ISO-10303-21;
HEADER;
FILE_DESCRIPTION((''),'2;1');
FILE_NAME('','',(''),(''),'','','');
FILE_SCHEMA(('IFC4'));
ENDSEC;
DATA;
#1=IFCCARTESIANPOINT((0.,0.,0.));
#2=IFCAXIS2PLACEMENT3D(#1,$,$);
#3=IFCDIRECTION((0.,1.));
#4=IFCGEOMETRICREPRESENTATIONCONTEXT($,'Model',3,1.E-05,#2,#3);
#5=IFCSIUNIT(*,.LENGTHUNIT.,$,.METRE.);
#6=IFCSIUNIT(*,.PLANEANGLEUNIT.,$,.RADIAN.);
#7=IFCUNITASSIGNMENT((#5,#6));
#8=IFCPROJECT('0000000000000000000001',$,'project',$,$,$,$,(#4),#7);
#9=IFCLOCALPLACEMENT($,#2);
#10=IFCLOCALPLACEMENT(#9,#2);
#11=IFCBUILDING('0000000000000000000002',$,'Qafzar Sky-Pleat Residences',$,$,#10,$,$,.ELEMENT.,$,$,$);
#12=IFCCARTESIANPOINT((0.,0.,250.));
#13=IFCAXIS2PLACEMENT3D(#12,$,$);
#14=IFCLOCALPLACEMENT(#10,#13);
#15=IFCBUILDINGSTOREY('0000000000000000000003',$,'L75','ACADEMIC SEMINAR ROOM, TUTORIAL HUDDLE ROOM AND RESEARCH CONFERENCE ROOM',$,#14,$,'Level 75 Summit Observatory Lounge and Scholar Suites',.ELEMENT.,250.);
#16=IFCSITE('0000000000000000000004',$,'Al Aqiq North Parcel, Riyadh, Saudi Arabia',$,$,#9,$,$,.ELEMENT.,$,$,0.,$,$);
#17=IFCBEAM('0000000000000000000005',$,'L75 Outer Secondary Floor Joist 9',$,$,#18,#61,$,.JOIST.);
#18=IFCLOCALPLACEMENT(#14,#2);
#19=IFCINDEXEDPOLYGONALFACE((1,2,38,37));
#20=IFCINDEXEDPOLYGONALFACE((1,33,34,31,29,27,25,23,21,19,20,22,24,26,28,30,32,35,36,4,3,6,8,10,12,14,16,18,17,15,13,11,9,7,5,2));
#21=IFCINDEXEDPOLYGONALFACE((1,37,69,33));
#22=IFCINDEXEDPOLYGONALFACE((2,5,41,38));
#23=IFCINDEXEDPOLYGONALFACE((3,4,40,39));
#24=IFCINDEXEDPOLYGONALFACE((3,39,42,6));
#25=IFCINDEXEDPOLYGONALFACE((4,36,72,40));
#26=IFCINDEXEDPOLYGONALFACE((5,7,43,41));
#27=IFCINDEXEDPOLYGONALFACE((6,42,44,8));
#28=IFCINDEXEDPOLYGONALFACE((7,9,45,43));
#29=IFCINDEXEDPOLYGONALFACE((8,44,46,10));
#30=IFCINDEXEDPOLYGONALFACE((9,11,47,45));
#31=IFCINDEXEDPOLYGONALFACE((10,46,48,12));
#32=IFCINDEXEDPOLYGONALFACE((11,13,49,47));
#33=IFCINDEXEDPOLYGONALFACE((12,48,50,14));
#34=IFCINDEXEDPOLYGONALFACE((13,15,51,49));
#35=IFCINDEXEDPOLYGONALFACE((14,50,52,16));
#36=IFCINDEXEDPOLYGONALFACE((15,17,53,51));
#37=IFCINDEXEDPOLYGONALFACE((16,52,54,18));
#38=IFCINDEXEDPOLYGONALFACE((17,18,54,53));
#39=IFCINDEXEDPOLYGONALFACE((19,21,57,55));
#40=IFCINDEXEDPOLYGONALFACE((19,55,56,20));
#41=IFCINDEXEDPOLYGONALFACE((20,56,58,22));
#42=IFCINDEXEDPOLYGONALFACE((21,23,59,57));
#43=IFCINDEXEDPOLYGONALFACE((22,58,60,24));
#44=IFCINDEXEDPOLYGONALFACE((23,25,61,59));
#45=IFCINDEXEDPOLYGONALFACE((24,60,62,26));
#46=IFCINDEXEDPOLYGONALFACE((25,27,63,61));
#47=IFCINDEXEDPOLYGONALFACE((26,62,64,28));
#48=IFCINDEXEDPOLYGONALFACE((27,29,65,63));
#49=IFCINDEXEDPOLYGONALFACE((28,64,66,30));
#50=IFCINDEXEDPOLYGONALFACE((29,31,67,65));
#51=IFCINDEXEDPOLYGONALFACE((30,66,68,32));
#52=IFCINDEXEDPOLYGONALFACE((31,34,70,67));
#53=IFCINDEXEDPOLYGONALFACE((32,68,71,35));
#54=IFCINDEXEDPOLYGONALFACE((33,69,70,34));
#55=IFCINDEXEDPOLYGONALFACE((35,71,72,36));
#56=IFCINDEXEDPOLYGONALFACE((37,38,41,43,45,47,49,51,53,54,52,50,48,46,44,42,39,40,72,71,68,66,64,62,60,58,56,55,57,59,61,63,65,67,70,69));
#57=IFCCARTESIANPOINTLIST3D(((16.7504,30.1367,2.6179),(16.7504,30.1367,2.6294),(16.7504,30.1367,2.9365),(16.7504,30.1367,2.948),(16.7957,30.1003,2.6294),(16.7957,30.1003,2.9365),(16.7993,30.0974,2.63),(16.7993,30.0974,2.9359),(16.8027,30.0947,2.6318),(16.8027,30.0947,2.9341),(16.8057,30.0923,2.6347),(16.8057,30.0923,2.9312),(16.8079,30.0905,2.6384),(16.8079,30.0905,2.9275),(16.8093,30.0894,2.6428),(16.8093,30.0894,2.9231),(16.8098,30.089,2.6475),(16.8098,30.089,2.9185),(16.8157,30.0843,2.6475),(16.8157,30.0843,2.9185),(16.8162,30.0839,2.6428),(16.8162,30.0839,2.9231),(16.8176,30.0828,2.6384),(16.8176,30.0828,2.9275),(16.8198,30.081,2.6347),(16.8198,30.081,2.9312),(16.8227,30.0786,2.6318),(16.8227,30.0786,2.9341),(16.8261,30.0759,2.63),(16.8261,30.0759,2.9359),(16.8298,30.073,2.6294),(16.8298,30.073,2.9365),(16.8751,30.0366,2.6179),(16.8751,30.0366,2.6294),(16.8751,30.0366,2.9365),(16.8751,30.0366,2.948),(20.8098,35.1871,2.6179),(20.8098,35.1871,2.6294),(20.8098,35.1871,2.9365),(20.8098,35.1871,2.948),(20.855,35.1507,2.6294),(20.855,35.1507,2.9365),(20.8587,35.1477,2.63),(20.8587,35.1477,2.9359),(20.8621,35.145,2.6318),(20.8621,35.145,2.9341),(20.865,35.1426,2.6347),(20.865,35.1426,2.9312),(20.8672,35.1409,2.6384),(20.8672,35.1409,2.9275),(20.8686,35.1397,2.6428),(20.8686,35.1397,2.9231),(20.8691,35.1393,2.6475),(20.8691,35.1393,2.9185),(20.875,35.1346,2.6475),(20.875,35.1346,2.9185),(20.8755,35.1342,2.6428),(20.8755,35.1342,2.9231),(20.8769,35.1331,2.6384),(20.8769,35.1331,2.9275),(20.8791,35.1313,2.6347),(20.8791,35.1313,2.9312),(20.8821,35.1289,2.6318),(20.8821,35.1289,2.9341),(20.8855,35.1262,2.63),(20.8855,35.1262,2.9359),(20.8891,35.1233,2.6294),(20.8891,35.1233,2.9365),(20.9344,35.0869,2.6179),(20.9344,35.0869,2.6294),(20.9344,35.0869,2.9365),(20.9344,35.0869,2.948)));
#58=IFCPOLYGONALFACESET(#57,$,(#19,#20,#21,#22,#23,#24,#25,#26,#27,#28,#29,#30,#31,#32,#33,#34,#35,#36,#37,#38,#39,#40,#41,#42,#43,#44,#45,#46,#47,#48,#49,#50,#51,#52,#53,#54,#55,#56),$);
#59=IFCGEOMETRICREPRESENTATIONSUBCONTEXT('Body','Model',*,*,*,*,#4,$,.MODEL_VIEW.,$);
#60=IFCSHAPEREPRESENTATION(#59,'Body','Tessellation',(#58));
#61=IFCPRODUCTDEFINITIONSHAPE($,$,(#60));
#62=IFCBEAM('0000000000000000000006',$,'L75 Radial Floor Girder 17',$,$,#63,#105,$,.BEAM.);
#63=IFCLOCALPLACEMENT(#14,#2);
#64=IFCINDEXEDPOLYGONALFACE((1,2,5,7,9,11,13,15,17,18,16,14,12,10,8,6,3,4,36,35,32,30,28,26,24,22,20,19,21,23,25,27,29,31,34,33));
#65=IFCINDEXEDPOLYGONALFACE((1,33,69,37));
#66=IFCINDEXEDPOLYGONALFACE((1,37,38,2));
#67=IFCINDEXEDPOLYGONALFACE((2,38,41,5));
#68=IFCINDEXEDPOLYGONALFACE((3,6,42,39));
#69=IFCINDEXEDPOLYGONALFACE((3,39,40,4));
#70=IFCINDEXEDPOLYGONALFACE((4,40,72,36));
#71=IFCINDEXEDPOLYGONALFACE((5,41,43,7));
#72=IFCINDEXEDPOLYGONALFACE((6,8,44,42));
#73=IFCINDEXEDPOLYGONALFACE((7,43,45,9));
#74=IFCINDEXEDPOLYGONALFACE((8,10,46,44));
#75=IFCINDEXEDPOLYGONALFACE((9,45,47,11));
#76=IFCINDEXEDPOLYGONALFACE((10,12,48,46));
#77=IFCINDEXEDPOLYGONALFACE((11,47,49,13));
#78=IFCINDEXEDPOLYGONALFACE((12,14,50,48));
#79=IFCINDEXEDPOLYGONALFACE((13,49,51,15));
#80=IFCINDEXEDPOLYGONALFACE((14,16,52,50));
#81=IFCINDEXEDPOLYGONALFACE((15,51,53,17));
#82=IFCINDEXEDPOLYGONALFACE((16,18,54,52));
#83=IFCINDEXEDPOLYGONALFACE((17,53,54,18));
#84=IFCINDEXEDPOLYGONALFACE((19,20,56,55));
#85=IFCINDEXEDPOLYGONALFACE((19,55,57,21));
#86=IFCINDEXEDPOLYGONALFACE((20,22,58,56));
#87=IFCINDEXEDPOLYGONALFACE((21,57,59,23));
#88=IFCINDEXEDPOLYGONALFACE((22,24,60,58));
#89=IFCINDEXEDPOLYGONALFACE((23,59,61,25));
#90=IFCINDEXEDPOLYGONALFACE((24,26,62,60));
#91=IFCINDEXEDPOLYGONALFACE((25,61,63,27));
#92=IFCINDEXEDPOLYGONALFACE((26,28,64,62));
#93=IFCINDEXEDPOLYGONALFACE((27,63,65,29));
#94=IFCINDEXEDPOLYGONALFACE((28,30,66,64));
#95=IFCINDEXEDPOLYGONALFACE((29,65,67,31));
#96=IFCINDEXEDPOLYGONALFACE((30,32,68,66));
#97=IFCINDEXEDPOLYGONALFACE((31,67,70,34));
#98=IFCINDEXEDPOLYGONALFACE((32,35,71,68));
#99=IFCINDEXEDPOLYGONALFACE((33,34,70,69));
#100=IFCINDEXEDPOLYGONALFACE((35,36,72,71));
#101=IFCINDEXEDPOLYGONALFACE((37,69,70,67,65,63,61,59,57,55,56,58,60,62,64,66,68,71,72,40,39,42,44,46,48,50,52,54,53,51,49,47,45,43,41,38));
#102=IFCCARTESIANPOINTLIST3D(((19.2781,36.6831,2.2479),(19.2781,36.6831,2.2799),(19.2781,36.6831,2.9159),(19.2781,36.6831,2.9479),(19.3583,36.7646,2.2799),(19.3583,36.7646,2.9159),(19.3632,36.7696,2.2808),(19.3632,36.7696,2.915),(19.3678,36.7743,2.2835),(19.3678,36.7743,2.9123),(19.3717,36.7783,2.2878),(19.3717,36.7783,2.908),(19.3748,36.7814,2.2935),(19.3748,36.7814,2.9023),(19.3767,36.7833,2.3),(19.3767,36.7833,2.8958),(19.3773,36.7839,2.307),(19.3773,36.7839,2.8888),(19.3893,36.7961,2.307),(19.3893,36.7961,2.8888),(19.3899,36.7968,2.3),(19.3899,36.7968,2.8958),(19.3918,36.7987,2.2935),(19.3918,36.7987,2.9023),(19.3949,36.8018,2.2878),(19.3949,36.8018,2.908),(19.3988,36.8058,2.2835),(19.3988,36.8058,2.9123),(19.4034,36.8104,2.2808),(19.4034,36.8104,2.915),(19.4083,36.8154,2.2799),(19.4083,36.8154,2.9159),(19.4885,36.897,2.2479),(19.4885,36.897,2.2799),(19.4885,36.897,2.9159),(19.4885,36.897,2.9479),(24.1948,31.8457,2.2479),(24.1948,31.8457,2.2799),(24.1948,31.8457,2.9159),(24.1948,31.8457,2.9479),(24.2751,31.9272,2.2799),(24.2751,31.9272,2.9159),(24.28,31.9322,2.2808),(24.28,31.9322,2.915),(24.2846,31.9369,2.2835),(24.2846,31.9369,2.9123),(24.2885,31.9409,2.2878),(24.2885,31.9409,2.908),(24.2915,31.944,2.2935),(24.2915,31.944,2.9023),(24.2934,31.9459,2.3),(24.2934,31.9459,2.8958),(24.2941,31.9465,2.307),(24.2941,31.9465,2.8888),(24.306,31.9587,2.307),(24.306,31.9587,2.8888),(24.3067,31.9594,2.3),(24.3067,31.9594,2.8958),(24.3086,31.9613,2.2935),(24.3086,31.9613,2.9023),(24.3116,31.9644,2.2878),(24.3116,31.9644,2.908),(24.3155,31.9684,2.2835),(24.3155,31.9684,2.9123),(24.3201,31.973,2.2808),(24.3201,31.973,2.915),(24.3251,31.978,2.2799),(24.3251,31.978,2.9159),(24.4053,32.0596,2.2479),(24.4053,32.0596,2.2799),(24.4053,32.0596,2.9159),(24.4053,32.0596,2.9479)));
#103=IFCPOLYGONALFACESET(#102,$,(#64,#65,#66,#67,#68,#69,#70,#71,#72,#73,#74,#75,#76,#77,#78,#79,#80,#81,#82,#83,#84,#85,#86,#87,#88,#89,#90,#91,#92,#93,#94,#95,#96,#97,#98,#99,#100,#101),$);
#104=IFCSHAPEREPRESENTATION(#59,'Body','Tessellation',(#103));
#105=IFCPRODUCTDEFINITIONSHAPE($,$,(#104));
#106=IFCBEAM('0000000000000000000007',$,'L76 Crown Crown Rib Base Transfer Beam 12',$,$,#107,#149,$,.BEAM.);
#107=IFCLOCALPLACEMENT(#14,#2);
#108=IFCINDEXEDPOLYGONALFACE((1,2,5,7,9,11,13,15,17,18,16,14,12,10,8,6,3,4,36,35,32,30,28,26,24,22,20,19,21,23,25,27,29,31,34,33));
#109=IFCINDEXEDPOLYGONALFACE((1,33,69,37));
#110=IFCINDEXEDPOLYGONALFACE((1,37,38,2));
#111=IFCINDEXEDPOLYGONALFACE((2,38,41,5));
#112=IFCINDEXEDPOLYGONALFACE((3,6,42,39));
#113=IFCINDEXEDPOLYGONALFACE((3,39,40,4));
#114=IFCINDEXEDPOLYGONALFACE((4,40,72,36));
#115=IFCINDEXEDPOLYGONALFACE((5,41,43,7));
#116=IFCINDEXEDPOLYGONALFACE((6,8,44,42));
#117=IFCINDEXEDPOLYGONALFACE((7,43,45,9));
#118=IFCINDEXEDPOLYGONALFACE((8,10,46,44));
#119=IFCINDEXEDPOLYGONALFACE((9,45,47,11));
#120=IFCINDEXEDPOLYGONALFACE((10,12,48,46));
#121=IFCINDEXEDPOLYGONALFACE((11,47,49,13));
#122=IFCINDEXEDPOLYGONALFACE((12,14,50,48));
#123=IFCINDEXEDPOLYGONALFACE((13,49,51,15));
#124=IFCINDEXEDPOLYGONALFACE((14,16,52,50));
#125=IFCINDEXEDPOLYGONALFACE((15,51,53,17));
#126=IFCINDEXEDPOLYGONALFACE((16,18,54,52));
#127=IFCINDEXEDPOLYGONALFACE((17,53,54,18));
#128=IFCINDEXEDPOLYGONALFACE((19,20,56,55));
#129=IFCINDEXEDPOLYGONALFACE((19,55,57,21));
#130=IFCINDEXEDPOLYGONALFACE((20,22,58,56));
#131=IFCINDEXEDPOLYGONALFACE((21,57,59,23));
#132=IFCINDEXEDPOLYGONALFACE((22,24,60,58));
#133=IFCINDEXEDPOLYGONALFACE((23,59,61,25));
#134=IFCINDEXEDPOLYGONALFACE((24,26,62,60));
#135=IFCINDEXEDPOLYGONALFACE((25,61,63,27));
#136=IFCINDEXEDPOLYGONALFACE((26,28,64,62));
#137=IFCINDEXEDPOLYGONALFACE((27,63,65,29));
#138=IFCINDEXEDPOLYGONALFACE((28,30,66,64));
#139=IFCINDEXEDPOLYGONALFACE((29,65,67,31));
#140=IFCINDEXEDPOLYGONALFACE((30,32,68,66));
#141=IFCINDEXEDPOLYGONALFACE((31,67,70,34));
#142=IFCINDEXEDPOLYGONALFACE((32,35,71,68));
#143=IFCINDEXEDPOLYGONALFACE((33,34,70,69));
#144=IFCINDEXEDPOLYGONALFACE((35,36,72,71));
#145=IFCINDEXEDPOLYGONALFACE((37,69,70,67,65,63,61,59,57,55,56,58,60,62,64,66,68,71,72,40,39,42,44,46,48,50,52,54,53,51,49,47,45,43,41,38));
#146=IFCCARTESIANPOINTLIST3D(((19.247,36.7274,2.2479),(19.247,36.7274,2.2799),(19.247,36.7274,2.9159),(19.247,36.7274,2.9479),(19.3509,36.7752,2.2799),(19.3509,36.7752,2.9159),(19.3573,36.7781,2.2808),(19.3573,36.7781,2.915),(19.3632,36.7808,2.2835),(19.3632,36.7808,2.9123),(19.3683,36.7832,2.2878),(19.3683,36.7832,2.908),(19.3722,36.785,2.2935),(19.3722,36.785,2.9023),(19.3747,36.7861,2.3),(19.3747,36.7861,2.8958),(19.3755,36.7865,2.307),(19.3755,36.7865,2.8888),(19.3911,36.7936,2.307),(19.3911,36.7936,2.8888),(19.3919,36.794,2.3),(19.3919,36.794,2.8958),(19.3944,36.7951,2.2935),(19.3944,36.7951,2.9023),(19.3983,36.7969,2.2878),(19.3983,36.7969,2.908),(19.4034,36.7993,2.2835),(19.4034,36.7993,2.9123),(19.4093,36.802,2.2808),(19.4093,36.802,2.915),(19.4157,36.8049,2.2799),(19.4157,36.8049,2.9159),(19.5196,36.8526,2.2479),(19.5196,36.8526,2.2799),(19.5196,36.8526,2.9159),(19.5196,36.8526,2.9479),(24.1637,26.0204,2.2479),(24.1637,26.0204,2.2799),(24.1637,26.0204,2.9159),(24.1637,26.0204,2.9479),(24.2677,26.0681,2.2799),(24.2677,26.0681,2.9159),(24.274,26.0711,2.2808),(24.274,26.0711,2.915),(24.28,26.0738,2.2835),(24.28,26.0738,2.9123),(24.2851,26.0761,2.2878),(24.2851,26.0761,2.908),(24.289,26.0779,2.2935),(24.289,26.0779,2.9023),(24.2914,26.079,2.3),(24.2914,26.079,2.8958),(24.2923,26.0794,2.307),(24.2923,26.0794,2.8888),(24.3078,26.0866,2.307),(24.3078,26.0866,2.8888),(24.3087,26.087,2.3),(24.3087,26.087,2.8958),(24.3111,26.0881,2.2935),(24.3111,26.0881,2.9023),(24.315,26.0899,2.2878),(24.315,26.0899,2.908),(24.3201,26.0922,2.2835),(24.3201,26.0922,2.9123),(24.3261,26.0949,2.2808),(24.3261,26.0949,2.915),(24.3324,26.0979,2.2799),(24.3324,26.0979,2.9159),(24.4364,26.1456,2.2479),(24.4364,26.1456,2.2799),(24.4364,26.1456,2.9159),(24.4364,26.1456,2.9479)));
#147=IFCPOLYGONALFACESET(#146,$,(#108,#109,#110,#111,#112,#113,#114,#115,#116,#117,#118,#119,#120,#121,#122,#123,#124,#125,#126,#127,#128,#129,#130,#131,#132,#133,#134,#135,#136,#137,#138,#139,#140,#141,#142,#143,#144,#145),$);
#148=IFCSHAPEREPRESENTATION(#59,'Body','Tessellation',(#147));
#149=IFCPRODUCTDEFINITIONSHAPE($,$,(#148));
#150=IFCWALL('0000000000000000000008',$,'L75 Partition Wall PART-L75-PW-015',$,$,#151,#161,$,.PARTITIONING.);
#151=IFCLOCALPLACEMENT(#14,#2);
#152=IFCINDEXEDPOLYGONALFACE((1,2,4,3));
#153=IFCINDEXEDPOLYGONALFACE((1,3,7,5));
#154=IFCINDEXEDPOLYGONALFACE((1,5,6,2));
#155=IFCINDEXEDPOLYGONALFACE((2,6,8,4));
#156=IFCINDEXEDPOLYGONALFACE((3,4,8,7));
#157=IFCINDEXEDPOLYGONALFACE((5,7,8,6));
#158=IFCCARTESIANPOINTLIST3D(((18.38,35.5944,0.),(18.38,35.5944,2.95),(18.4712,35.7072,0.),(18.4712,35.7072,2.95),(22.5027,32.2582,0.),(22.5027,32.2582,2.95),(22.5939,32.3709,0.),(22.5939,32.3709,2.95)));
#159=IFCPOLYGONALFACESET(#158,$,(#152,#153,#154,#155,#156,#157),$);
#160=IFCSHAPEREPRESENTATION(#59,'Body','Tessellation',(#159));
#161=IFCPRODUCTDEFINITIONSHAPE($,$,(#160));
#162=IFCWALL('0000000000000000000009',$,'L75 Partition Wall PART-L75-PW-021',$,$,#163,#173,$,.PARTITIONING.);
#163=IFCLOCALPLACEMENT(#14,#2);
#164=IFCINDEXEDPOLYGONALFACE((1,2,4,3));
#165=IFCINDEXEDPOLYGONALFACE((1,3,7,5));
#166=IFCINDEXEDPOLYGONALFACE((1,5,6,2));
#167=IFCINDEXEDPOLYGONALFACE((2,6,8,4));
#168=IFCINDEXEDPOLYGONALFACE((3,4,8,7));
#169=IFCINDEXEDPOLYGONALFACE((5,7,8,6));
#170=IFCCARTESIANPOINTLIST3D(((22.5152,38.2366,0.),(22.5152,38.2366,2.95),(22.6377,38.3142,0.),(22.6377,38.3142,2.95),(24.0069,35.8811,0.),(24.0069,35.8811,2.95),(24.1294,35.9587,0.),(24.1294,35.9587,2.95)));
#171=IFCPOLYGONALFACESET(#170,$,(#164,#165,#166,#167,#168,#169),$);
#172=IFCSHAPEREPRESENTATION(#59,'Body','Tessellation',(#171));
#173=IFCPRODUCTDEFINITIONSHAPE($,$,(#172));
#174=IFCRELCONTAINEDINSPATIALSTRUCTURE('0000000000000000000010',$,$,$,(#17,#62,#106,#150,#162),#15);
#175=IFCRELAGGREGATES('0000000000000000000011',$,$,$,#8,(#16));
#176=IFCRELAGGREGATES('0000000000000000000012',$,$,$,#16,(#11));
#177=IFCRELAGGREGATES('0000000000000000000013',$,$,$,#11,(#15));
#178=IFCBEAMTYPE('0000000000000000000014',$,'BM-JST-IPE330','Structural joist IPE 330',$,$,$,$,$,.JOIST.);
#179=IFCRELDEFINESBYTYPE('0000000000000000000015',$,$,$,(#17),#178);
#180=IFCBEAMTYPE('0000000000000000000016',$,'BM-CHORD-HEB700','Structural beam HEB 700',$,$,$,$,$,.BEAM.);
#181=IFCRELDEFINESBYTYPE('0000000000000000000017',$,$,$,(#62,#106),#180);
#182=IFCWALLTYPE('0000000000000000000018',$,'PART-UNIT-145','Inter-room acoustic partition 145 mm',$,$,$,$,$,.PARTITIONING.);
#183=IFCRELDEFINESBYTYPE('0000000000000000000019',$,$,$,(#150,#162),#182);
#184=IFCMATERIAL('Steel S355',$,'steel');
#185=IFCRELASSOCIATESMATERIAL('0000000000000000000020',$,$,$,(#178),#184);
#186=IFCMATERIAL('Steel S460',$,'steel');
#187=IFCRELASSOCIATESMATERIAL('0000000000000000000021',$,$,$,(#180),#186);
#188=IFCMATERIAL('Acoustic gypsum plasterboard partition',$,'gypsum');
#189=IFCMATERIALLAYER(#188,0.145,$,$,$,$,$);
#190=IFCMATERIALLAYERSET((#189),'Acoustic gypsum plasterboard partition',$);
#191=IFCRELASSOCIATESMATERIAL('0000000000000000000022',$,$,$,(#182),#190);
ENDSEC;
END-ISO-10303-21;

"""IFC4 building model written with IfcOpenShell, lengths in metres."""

from ifc_helpers import new_model, si_unit, direction, frame, frame_2d, origin, origin_2d, place, context, subcontext, project, spatial, rectangle, i_section, extrude, source, transform, mapped, material, layer, layer_set, material_profile, profile_set, type_object, element, save


model = new_model("IFC4")

# Units and contexts
model_context = context("Model", 3, precision=1e-05, world=origin(), true_north=direction((0.0, 1.0)))
body_context = subcontext(model_context, "Body", "Model", "MODEL_VIEW")
ifc_project = project(units=[si_unit("LENGTHUNIT", "METRE"), si_unit("PLANEANGLEUNIT", "RADIAN")], contexts=[model_context])

# Site, building, storey
site_placement = place(None, origin())
site = spatial("IfcSite", under=ifc_project, at=site_placement, Name="Al Aqiq North Parcel, Riyadh, Saudi Arabia", CompositionType="ELEMENT", RefElevation=0.0)
building_placement = place(site_placement, origin())
building = spatial("IfcBuilding", under=site, at=building_placement, Name="Qafzar Sky-Pleat Residences", CompositionType="ELEMENT")
storey_placement = place(building_placement, frame((0.0, 0.0, 250.0)))
storey = spatial("IfcBuildingStorey", under=building, at=storey_placement, Name="L75", Description="ACADEMIC SEMINAR ROOM, TUTORIAL HUDDLE ROOM AND RESEARCH CONFERENCE ROOM", LongName="Level 75 Summit Observatory Lounge and Scholar Suites", CompositionType="ELEMENT", Elevation=250.0)

# Shared definitions
ifc_material_1 = material(Name="Steel S355", Category="steel")

# Beams
ifc_material_profile_1 = material_profile(ifc_material_1, i_section(OverallWidth=0.1599, OverallDepth=0.3301, WebThickness=0.0076, FlangeThickness=0.0115, FilletRadius=0.0181, at=origin_2d()), Name="IPE 330")
ifc_profile_set_1 = profile_set([ifc_material_profile_1], Name="Steel S355")
beam_type_1 = type_object("IfcBeamType", Name="BM-JST-IPE330", Description="Structural joist IPE 330", PredefinedType="JOIST", material=ifc_profile_set_1)
shared_shape_1 = source(origin(), body_context, "Body", "SweptSolid", [
    extrude(i_section(OverallWidth=0.1599, OverallDepth=0.3301, WebThickness=0.0076, FlangeThickness=0.0115, FilletRadius=0.0181, at=origin_2d()), origin(), (0.0, 0.0, 1.0), 6.4795),
])
beam_1_placement = place(storey_placement, frame((20.8721, 35.137, 2.783), z_axis=(-0.62649, -0.779429, 0.0), x_axis=(0.779429, -0.62649, 0.0)))
element("IfcBeam", 1, at=beam_1_placement, inside=storey, type_object=beam_type_1, Name="L75 Outer Secondary Floor Joist 9", PredefinedType="JOIST", context=body_context, shape_type="MappedRepresentation", body=[
    mapped(shared_shape_1, transform((0.0, 0.0, 0.0), x_axis=(1.0, 0.0, 0.0), y_axis=(0.0, 1.0, 0.0), z_axis=(0.0, 0.0, 1.0), scale=1.0)),
])
ifc_material_2 = material(Name="Steel S460", Category="steel")
ifc_material_profile_2 = material_profile(ifc_material_2, i_section(OverallWidth=0.3, OverallDepth=0.7, WebThickness=0.0171, FlangeThickness=0.032, FilletRadius=0.0271, at=origin_2d()), Name="HEB 700")
ifc_profile_set_2 = profile_set([ifc_material_profile_2], Name="Steel S460")
beam_type_2 = type_object("IfcBeamType", Name="BM-CHORD-HEB700", Description="Structural beam HEB 700", PredefinedType="BEAM", material=ifc_profile_set_2)
shared_shape_2 = source(origin(), body_context, "Body", "SweptSolid", [
    extrude(i_section(OverallWidth=0.3, OverallDepth=0.7, WebThickness=0.0171, FlangeThickness=0.032, FilletRadius=0.0271, at=origin_2d()), origin(), (0.0, 0.0, 1.0), 6.8975),
])
beam_2_placement = place(storey_placement, frame((19.3833, 36.79, 2.5979), z_axis=(0.712835, -0.701332, 0.0), x_axis=(0.701332, 0.712835, 0.0)))
element("IfcBeam", 2, at=beam_2_placement, inside=storey, type_object=beam_type_2, Name="L75 Radial Floor Girder 17", PredefinedType="BEAM", context=body_context, shape_type="MappedRepresentation", body=[
    mapped(shared_shape_2, transform((0.0, 0.0, 0.0), x_axis=(1.0, 0.0, 0.0), y_axis=(0.0, 1.0, 0.0), z_axis=(0.0, 0.0, 1.0), scale=1.0)),
])
shared_shape_3 = source(origin(), body_context, "Body", "SweptSolid", [
    extrude(i_section(OverallWidth=0.3, OverallDepth=0.7, WebThickness=0.0171, FlangeThickness=0.032, FilletRadius=0.0271, at=origin_2d()), origin(), (0.0, 0.0, 1.0), 11.782),
])
beam_3_placement = place(storey_placement, frame((19.3833, 36.79, 2.5979), z_axis=(0.417311, -0.908764, 0.0), x_axis=(0.908764, 0.417311, 0.0)))
element("IfcBeam", 3, at=beam_3_placement, inside=storey, type_object=beam_type_2, Name="L76 Crown Crown Rib Base Transfer Beam 12", PredefinedType="BEAM", context=body_context, shape_type="MappedRepresentation", body=[
    mapped(shared_shape_3, transform((0.0, 0.0, 0.0), x_axis=(1.0, 0.0, 0.0), y_axis=(0.0, 1.0, 0.0), z_axis=(0.0, 0.0, 1.0), scale=1.0)),
])

# Walls
ifc_material_3 = material(Name="Acoustic gypsum plasterboard partition", Category="gypsum")
ifc_layer_1 = layer(ifc_material_3, 0.145)
ifc_layer_set_1 = layer_set([ifc_layer_1], Name="Acoustic gypsum plasterboard partition")
wall_type_1 = type_object("IfcWallType", Name="PART-UNIT-145", Description="Inter-room acoustic partition 145 mm", PredefinedType="PARTITIONING", material=ifc_layer_set_1)
wall_1_placement = place(storey_placement, frame((18.4255, 35.6509, 0.0), z_axis=(0.0, 0.0, 1.0), x_axis=(0.777349, -0.62907, 0.0)))
element("IfcWall", 4, at=wall_1_placement, inside=storey, type_object=wall_type_1, Name="L75 Partition Wall PART-L75-PW-015", PredefinedType="PARTITIONING", context=body_context, shape_type="SweptSolid", body=[
    extrude(rectangle(XDim=5.3035, YDim=0.145, at=frame_2d((2.6519, 0.0))), origin(), (0.0, 0.0, 1.0), 2.95),
])
wall_2_placement = place(storey_placement, frame((22.5764, 38.2754, 0.0), z_axis=(0.0, 0.0, 1.0), x_axis=(0.535027, -0.844835, 0.0)))
element("IfcWall", 5, at=wall_2_placement, inside=storey, type_object=wall_type_1, Name="L75 Partition Wall PART-L75-PW-021", PredefinedType="PARTITIONING", context=body_context, shape_type="SweptSolid", body=[
    extrude(rectangle(XDim=2.7881, YDim=0.145, at=frame_2d((1.394, 0.0))), origin(), (0.0, 0.0, 1.0), 2.95),
])

save(model, "model.ifc")
